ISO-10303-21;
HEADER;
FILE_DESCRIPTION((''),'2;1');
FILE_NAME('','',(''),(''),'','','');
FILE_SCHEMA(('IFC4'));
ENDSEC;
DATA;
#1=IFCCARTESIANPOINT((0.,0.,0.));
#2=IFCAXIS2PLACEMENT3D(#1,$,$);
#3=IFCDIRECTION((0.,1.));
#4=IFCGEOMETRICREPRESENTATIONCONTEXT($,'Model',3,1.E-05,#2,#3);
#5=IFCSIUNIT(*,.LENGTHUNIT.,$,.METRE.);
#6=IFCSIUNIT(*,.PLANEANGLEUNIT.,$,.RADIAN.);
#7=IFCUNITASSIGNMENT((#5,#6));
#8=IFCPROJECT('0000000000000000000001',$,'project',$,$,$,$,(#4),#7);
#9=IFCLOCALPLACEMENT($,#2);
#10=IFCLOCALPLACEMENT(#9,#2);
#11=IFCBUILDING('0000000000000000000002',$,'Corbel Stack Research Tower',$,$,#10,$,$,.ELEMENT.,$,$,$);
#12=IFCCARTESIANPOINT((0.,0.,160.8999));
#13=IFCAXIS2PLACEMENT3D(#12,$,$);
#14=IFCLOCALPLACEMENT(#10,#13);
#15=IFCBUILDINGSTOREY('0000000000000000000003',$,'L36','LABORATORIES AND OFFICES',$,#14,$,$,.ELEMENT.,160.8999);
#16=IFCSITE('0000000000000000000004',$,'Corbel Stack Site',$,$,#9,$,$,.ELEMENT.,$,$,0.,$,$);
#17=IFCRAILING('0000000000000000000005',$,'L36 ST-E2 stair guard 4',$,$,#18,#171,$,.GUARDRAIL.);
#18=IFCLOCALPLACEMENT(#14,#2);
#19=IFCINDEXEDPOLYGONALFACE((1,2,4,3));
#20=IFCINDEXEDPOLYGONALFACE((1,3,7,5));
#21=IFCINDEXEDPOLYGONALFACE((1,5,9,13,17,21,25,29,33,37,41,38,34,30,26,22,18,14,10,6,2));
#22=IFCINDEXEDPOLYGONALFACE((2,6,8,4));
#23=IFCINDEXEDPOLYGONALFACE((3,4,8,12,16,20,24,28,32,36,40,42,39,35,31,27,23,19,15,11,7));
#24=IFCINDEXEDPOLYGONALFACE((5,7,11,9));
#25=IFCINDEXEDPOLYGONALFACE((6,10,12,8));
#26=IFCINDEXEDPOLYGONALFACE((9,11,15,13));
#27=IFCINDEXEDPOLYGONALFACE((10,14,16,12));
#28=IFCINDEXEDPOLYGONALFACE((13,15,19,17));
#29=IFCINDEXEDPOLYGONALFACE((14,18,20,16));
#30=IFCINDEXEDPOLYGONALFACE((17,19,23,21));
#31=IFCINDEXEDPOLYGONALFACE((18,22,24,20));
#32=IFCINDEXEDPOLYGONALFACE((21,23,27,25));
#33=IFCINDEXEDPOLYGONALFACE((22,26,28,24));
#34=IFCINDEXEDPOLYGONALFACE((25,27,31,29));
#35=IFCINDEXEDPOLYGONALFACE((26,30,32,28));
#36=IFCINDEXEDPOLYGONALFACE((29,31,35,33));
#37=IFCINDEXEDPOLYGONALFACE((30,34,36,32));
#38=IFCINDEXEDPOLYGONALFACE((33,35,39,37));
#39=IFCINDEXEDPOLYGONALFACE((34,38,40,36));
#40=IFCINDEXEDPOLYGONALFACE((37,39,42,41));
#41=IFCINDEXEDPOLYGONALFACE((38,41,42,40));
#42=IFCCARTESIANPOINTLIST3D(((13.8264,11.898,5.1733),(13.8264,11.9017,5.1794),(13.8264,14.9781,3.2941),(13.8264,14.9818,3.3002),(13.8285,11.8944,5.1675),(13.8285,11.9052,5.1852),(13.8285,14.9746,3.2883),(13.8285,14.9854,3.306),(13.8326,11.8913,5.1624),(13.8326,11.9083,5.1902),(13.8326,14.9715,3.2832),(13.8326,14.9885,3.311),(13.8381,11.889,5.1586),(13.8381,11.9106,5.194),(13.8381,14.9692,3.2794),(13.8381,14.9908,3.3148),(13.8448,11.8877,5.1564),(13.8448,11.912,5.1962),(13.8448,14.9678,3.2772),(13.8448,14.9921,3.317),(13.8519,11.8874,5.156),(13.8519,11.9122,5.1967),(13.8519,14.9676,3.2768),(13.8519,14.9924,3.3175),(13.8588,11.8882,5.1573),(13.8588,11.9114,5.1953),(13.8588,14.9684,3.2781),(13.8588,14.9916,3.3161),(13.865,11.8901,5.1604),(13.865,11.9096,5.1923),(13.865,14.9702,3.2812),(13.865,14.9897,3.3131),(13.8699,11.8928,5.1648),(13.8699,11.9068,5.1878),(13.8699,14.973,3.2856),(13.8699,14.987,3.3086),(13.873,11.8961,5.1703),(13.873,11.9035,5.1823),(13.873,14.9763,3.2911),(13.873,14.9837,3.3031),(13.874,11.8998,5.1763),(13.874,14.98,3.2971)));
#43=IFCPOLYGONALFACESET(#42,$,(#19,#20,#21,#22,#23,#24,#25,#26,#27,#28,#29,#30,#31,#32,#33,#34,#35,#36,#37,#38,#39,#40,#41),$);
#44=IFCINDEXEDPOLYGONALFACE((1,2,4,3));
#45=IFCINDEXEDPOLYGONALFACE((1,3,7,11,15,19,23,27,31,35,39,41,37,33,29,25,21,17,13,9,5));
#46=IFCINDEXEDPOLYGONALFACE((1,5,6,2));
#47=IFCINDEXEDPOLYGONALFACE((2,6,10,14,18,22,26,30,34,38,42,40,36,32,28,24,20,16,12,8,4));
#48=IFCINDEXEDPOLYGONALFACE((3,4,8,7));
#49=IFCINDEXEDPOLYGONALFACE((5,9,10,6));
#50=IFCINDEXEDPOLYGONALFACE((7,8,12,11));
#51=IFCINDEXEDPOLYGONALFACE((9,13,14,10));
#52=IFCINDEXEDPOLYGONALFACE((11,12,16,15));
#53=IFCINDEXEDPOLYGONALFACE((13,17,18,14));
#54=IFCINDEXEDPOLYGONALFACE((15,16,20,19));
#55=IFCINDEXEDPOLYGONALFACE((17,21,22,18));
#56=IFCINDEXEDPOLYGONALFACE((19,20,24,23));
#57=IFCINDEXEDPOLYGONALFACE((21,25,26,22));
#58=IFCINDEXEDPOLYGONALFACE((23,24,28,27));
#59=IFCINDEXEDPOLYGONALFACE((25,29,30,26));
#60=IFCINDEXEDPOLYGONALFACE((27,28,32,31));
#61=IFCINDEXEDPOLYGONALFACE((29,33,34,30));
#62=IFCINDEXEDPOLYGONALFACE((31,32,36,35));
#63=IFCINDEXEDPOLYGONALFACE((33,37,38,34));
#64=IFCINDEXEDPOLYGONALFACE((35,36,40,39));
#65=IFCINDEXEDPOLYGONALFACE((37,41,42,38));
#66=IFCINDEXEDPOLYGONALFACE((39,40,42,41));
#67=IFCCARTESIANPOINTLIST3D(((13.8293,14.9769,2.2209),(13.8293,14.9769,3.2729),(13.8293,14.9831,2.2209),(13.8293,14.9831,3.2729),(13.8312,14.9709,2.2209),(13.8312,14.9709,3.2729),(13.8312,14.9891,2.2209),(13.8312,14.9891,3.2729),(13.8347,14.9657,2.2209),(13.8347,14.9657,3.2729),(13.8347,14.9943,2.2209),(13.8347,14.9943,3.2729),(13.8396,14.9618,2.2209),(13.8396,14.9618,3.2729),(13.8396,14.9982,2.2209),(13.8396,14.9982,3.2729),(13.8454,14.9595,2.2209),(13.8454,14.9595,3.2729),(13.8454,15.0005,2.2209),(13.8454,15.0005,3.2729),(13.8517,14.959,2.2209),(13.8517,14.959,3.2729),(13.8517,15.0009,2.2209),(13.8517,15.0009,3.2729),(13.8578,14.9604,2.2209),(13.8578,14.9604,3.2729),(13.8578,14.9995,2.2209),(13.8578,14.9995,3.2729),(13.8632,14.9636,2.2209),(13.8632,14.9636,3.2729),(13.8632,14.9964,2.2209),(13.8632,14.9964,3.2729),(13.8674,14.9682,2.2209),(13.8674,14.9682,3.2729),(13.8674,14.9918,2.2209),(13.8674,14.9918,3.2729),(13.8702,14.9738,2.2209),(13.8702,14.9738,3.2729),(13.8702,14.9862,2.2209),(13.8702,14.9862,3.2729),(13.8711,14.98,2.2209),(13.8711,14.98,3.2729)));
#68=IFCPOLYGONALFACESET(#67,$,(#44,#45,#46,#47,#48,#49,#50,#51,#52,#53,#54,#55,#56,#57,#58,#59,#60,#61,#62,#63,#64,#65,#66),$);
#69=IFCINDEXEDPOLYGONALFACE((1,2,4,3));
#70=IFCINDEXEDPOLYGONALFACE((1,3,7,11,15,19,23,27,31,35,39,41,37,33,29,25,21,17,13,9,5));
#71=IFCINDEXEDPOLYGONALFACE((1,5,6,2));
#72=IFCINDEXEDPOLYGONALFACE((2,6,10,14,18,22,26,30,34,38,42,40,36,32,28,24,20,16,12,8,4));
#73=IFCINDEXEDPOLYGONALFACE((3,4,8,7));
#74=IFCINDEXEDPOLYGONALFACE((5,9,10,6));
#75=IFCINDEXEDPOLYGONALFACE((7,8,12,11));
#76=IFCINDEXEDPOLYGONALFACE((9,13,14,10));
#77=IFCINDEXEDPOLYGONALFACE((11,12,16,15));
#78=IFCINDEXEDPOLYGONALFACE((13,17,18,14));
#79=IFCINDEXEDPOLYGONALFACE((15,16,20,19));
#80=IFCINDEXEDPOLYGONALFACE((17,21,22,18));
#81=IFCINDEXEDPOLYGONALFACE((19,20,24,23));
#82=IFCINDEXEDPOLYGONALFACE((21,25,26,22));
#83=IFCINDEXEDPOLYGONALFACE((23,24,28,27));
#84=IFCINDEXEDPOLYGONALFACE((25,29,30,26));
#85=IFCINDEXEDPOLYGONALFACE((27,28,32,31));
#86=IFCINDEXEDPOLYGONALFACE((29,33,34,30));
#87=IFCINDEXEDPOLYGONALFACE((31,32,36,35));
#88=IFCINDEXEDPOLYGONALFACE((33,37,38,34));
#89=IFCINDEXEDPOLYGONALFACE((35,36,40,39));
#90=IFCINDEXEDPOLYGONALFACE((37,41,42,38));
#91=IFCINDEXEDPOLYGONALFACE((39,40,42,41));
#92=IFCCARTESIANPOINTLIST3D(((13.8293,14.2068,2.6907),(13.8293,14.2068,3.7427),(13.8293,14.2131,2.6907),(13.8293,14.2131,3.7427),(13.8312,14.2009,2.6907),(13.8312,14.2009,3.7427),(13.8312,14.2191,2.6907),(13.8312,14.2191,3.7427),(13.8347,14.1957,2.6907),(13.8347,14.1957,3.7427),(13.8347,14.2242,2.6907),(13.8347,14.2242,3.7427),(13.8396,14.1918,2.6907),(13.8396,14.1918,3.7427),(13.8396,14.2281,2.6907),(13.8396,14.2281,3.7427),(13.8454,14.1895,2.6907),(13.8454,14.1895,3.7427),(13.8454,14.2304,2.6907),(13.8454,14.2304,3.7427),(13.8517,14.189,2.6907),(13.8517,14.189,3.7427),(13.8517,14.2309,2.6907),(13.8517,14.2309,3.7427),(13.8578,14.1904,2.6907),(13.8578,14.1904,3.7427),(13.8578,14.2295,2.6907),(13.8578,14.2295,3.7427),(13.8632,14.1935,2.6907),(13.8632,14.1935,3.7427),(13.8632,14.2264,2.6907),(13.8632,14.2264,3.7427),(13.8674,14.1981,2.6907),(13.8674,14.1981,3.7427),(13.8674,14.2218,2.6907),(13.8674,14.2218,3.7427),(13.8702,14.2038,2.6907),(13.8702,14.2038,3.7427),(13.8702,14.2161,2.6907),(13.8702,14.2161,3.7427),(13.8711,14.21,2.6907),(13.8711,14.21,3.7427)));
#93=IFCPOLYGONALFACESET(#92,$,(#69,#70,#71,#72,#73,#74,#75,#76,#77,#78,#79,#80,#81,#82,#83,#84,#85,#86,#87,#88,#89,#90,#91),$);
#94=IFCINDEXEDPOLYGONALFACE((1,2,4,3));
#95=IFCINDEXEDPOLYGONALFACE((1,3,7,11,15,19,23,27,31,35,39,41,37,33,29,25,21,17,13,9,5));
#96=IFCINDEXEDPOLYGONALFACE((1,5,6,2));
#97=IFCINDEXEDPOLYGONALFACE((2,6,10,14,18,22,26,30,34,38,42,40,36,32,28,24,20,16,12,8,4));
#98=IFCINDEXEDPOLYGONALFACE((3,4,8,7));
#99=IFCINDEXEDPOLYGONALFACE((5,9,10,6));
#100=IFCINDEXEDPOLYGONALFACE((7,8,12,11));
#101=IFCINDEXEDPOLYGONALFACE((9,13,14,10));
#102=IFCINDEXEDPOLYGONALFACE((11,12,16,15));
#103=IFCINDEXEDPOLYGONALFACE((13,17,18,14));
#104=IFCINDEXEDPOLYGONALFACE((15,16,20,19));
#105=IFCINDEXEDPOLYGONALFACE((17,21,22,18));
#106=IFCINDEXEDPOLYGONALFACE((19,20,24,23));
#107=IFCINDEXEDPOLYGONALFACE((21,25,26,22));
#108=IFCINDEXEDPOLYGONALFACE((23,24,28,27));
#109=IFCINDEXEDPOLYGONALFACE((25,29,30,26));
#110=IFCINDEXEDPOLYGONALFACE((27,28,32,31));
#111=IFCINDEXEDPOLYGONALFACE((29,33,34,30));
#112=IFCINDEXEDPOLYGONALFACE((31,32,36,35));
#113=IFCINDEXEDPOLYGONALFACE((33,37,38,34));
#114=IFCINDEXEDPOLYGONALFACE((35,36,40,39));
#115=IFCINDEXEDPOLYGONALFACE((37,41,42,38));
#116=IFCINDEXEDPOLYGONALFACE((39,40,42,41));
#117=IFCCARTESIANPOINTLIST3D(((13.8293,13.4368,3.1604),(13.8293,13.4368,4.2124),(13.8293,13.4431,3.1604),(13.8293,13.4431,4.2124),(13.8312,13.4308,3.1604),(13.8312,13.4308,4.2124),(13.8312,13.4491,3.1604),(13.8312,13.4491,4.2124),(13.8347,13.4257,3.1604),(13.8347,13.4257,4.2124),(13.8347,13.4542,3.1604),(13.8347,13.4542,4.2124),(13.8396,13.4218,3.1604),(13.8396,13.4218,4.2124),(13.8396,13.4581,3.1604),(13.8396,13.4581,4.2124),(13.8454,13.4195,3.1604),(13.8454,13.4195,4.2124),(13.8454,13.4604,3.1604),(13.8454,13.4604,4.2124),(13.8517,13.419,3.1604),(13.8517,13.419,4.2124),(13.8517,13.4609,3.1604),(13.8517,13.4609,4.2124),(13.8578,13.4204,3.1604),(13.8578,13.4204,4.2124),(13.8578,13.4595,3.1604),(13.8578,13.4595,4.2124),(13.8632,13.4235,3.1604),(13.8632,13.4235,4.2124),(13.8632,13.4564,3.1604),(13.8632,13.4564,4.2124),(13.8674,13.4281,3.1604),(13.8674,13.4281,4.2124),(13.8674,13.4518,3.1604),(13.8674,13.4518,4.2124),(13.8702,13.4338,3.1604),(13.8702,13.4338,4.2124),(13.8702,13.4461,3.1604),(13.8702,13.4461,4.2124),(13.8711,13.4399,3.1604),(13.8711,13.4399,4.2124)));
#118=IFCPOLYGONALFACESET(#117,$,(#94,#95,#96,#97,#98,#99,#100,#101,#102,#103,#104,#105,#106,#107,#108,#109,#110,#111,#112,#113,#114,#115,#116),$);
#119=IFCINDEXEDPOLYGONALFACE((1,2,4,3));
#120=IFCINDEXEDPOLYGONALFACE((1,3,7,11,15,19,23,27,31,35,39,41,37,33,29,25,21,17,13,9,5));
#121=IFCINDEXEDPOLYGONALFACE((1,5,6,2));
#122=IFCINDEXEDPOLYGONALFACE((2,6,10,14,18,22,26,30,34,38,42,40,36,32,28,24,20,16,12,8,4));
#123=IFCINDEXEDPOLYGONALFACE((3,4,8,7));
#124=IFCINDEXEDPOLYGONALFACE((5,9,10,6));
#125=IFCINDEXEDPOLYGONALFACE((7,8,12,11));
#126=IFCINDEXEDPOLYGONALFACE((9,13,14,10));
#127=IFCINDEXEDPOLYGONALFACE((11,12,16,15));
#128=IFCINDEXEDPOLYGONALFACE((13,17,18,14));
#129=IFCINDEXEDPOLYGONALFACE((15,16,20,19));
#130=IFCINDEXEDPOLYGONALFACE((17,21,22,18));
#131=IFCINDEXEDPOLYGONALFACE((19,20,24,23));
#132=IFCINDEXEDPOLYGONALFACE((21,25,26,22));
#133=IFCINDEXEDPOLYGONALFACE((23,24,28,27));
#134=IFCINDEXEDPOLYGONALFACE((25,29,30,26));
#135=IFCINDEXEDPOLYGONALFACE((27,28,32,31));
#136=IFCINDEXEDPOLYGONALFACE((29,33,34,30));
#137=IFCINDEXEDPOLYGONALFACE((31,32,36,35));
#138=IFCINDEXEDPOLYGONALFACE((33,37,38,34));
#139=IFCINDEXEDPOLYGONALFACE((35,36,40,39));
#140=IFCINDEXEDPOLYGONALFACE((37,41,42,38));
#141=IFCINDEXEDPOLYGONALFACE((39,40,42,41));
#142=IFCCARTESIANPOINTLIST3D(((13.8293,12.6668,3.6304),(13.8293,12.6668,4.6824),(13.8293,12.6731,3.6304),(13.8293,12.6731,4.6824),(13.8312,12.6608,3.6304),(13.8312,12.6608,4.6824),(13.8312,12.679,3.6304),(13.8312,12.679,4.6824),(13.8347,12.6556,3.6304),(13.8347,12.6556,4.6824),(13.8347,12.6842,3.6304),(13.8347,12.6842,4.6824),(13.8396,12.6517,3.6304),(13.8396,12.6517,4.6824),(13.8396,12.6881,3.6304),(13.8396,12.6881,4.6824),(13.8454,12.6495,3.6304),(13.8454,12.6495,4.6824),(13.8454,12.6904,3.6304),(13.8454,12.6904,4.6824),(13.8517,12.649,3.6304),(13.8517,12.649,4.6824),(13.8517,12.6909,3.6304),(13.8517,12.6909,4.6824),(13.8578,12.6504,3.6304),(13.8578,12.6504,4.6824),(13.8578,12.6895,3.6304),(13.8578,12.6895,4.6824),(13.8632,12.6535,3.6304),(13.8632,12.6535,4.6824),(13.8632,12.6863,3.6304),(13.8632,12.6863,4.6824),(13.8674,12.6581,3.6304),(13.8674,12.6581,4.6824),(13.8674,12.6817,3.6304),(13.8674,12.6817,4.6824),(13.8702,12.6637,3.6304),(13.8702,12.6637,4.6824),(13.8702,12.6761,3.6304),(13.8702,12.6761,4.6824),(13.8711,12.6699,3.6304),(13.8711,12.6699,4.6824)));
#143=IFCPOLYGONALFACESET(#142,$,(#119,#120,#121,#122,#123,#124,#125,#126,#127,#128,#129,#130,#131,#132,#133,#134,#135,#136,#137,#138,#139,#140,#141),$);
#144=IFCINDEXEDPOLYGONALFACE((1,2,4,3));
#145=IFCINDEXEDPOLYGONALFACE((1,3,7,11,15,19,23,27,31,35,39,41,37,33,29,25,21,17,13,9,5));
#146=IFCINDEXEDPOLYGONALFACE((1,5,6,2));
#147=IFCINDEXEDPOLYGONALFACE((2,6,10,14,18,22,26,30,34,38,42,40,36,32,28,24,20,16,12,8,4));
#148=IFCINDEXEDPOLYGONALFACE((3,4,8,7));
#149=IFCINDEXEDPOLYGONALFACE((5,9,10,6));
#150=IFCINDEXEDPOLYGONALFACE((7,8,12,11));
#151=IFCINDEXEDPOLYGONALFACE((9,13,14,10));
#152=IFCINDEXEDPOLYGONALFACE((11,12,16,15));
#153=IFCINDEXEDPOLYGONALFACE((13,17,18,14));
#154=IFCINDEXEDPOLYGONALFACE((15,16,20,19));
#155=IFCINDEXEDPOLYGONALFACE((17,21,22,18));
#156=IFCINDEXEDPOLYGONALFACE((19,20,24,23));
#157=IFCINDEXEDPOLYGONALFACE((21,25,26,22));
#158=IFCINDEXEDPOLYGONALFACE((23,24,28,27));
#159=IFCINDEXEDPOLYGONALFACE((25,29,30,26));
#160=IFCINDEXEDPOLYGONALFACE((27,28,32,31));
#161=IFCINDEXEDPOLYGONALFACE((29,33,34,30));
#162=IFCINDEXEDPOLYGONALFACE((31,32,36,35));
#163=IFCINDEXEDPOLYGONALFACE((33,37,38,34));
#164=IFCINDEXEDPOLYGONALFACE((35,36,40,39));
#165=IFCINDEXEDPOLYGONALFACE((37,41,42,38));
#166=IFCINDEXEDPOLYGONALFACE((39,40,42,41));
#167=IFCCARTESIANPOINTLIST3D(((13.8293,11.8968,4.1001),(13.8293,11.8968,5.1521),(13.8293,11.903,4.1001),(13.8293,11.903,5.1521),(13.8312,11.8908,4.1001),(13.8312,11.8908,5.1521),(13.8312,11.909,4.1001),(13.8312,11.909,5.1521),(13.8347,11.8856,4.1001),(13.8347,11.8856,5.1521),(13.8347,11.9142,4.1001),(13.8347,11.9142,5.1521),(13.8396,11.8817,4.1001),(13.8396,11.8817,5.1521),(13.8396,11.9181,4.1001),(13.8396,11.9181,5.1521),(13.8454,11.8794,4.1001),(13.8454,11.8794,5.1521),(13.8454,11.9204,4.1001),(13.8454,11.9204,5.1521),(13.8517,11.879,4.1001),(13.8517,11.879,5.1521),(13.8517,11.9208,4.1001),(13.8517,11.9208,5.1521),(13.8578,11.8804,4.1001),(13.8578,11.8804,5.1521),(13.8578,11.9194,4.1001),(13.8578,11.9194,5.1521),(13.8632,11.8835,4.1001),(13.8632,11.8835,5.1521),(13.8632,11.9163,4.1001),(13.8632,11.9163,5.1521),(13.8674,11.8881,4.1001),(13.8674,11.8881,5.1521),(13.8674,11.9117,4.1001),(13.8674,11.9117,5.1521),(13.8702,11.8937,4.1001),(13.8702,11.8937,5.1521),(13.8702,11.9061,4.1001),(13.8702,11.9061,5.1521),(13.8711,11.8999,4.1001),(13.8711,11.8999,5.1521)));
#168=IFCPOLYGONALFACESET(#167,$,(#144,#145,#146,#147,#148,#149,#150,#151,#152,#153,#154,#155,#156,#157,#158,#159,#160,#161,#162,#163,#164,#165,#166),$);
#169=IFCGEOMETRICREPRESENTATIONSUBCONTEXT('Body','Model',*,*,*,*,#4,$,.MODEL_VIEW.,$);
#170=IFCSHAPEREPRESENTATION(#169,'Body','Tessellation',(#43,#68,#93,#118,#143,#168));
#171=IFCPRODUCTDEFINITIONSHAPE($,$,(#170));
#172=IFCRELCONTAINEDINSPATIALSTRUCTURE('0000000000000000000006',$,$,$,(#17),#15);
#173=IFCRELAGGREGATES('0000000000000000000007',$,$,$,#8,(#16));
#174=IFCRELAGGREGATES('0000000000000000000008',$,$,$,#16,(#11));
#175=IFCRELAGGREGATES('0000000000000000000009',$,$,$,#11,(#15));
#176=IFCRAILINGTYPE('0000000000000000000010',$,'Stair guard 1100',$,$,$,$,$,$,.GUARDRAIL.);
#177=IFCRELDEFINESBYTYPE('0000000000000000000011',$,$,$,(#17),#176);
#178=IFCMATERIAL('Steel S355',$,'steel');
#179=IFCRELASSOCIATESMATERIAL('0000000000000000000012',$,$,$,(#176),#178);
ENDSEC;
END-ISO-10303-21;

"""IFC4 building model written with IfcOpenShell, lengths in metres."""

from ifc_helpers import new_model, si_unit, direction, frame, origin, origin_2d, place, context, subcontext, project, spatial, circle, extrude, material, type_object, element, save


model = new_model("IFC4")

# Units and contexts
model_context = context("Model", 3, precision=1e-05, world=origin(), true_north=direction((0.0, 1.0)))
body_context = subcontext(model_context, "Body", "Model", "MODEL_VIEW")
ifc_project = project(units=[si_unit("LENGTHUNIT", "METRE"), si_unit("PLANEANGLEUNIT", "RADIAN")], contexts=[model_context])

# Site, building, storey
site_placement = place(None, origin())
site = spatial("IfcSite", under=ifc_project, at=site_placement, Name="Corbel Stack Site", CompositionType="ELEMENT", RefElevation=0.0)
building_placement = place(site_placement, origin())
building = spatial("IfcBuilding", under=site, at=building_placement, Name="Corbel Stack Research Tower", CompositionType="ELEMENT")
storey_placement = place(building_placement, frame((0.0, 0.0, 160.8999)))
storey = spatial("IfcBuildingStorey", under=building, at=storey_placement, Name="L36", Description="LABORATORIES AND OFFICES", CompositionType="ELEMENT", Elevation=160.8999)

# Railing
ifc_material_1 = material(Name="Steel S355", Category="steel")
railing_type_1 = type_object("IfcRailingType", Name="Stair guard 1100", PredefinedType="GUARDRAIL", material=ifc_material_1)
railing_1_placement = place(storey_placement, frame((13.8501, 14.98, 2.2209)))
element("IfcRailing", 1, at=railing_1_placement, inside=storey, type_object=railing_type_1, Name="L36 ST-E2 stair guard 4", PredefinedType="GUARDRAIL", context=body_context, shape_type="SweptSolid", body=[
    extrude(circle(Radius=0.0239, at=origin_2d()), frame((0.0, 0.0, 1.0762), z_axis=(0.0, -0.853666, 0.52082), x_axis=(1.0, 0.0, 0.0)), (0.0, 0.0, 1.0), 3.6082),
    extrude(circle(Radius=0.021, at=origin_2d()), origin(), (0.0, 0.0, 1.0), 1.052),
    extrude(circle(Radius=0.021, at=origin_2d()), frame((0.0, -0.77, 0.4697)), (0.0, 0.0, 1.0), 1.052),
    extrude(circle(Radius=0.021, at=origin_2d()), frame((0.0, -1.54, 0.9395)), (0.0, 0.0, 1.0), 1.052),
    extrude(circle(Radius=0.021, at=origin_2d()), frame((0.0, -2.3101, 1.4094)), (0.0, 0.0, 1.0), 1.052),
    extrude(circle(Radius=0.021, at=origin_2d()), frame((0.0, -3.0801, 1.8792)), (0.0, 0.0, 1.0), 1.052),
])

save(model, "model.ifc")
